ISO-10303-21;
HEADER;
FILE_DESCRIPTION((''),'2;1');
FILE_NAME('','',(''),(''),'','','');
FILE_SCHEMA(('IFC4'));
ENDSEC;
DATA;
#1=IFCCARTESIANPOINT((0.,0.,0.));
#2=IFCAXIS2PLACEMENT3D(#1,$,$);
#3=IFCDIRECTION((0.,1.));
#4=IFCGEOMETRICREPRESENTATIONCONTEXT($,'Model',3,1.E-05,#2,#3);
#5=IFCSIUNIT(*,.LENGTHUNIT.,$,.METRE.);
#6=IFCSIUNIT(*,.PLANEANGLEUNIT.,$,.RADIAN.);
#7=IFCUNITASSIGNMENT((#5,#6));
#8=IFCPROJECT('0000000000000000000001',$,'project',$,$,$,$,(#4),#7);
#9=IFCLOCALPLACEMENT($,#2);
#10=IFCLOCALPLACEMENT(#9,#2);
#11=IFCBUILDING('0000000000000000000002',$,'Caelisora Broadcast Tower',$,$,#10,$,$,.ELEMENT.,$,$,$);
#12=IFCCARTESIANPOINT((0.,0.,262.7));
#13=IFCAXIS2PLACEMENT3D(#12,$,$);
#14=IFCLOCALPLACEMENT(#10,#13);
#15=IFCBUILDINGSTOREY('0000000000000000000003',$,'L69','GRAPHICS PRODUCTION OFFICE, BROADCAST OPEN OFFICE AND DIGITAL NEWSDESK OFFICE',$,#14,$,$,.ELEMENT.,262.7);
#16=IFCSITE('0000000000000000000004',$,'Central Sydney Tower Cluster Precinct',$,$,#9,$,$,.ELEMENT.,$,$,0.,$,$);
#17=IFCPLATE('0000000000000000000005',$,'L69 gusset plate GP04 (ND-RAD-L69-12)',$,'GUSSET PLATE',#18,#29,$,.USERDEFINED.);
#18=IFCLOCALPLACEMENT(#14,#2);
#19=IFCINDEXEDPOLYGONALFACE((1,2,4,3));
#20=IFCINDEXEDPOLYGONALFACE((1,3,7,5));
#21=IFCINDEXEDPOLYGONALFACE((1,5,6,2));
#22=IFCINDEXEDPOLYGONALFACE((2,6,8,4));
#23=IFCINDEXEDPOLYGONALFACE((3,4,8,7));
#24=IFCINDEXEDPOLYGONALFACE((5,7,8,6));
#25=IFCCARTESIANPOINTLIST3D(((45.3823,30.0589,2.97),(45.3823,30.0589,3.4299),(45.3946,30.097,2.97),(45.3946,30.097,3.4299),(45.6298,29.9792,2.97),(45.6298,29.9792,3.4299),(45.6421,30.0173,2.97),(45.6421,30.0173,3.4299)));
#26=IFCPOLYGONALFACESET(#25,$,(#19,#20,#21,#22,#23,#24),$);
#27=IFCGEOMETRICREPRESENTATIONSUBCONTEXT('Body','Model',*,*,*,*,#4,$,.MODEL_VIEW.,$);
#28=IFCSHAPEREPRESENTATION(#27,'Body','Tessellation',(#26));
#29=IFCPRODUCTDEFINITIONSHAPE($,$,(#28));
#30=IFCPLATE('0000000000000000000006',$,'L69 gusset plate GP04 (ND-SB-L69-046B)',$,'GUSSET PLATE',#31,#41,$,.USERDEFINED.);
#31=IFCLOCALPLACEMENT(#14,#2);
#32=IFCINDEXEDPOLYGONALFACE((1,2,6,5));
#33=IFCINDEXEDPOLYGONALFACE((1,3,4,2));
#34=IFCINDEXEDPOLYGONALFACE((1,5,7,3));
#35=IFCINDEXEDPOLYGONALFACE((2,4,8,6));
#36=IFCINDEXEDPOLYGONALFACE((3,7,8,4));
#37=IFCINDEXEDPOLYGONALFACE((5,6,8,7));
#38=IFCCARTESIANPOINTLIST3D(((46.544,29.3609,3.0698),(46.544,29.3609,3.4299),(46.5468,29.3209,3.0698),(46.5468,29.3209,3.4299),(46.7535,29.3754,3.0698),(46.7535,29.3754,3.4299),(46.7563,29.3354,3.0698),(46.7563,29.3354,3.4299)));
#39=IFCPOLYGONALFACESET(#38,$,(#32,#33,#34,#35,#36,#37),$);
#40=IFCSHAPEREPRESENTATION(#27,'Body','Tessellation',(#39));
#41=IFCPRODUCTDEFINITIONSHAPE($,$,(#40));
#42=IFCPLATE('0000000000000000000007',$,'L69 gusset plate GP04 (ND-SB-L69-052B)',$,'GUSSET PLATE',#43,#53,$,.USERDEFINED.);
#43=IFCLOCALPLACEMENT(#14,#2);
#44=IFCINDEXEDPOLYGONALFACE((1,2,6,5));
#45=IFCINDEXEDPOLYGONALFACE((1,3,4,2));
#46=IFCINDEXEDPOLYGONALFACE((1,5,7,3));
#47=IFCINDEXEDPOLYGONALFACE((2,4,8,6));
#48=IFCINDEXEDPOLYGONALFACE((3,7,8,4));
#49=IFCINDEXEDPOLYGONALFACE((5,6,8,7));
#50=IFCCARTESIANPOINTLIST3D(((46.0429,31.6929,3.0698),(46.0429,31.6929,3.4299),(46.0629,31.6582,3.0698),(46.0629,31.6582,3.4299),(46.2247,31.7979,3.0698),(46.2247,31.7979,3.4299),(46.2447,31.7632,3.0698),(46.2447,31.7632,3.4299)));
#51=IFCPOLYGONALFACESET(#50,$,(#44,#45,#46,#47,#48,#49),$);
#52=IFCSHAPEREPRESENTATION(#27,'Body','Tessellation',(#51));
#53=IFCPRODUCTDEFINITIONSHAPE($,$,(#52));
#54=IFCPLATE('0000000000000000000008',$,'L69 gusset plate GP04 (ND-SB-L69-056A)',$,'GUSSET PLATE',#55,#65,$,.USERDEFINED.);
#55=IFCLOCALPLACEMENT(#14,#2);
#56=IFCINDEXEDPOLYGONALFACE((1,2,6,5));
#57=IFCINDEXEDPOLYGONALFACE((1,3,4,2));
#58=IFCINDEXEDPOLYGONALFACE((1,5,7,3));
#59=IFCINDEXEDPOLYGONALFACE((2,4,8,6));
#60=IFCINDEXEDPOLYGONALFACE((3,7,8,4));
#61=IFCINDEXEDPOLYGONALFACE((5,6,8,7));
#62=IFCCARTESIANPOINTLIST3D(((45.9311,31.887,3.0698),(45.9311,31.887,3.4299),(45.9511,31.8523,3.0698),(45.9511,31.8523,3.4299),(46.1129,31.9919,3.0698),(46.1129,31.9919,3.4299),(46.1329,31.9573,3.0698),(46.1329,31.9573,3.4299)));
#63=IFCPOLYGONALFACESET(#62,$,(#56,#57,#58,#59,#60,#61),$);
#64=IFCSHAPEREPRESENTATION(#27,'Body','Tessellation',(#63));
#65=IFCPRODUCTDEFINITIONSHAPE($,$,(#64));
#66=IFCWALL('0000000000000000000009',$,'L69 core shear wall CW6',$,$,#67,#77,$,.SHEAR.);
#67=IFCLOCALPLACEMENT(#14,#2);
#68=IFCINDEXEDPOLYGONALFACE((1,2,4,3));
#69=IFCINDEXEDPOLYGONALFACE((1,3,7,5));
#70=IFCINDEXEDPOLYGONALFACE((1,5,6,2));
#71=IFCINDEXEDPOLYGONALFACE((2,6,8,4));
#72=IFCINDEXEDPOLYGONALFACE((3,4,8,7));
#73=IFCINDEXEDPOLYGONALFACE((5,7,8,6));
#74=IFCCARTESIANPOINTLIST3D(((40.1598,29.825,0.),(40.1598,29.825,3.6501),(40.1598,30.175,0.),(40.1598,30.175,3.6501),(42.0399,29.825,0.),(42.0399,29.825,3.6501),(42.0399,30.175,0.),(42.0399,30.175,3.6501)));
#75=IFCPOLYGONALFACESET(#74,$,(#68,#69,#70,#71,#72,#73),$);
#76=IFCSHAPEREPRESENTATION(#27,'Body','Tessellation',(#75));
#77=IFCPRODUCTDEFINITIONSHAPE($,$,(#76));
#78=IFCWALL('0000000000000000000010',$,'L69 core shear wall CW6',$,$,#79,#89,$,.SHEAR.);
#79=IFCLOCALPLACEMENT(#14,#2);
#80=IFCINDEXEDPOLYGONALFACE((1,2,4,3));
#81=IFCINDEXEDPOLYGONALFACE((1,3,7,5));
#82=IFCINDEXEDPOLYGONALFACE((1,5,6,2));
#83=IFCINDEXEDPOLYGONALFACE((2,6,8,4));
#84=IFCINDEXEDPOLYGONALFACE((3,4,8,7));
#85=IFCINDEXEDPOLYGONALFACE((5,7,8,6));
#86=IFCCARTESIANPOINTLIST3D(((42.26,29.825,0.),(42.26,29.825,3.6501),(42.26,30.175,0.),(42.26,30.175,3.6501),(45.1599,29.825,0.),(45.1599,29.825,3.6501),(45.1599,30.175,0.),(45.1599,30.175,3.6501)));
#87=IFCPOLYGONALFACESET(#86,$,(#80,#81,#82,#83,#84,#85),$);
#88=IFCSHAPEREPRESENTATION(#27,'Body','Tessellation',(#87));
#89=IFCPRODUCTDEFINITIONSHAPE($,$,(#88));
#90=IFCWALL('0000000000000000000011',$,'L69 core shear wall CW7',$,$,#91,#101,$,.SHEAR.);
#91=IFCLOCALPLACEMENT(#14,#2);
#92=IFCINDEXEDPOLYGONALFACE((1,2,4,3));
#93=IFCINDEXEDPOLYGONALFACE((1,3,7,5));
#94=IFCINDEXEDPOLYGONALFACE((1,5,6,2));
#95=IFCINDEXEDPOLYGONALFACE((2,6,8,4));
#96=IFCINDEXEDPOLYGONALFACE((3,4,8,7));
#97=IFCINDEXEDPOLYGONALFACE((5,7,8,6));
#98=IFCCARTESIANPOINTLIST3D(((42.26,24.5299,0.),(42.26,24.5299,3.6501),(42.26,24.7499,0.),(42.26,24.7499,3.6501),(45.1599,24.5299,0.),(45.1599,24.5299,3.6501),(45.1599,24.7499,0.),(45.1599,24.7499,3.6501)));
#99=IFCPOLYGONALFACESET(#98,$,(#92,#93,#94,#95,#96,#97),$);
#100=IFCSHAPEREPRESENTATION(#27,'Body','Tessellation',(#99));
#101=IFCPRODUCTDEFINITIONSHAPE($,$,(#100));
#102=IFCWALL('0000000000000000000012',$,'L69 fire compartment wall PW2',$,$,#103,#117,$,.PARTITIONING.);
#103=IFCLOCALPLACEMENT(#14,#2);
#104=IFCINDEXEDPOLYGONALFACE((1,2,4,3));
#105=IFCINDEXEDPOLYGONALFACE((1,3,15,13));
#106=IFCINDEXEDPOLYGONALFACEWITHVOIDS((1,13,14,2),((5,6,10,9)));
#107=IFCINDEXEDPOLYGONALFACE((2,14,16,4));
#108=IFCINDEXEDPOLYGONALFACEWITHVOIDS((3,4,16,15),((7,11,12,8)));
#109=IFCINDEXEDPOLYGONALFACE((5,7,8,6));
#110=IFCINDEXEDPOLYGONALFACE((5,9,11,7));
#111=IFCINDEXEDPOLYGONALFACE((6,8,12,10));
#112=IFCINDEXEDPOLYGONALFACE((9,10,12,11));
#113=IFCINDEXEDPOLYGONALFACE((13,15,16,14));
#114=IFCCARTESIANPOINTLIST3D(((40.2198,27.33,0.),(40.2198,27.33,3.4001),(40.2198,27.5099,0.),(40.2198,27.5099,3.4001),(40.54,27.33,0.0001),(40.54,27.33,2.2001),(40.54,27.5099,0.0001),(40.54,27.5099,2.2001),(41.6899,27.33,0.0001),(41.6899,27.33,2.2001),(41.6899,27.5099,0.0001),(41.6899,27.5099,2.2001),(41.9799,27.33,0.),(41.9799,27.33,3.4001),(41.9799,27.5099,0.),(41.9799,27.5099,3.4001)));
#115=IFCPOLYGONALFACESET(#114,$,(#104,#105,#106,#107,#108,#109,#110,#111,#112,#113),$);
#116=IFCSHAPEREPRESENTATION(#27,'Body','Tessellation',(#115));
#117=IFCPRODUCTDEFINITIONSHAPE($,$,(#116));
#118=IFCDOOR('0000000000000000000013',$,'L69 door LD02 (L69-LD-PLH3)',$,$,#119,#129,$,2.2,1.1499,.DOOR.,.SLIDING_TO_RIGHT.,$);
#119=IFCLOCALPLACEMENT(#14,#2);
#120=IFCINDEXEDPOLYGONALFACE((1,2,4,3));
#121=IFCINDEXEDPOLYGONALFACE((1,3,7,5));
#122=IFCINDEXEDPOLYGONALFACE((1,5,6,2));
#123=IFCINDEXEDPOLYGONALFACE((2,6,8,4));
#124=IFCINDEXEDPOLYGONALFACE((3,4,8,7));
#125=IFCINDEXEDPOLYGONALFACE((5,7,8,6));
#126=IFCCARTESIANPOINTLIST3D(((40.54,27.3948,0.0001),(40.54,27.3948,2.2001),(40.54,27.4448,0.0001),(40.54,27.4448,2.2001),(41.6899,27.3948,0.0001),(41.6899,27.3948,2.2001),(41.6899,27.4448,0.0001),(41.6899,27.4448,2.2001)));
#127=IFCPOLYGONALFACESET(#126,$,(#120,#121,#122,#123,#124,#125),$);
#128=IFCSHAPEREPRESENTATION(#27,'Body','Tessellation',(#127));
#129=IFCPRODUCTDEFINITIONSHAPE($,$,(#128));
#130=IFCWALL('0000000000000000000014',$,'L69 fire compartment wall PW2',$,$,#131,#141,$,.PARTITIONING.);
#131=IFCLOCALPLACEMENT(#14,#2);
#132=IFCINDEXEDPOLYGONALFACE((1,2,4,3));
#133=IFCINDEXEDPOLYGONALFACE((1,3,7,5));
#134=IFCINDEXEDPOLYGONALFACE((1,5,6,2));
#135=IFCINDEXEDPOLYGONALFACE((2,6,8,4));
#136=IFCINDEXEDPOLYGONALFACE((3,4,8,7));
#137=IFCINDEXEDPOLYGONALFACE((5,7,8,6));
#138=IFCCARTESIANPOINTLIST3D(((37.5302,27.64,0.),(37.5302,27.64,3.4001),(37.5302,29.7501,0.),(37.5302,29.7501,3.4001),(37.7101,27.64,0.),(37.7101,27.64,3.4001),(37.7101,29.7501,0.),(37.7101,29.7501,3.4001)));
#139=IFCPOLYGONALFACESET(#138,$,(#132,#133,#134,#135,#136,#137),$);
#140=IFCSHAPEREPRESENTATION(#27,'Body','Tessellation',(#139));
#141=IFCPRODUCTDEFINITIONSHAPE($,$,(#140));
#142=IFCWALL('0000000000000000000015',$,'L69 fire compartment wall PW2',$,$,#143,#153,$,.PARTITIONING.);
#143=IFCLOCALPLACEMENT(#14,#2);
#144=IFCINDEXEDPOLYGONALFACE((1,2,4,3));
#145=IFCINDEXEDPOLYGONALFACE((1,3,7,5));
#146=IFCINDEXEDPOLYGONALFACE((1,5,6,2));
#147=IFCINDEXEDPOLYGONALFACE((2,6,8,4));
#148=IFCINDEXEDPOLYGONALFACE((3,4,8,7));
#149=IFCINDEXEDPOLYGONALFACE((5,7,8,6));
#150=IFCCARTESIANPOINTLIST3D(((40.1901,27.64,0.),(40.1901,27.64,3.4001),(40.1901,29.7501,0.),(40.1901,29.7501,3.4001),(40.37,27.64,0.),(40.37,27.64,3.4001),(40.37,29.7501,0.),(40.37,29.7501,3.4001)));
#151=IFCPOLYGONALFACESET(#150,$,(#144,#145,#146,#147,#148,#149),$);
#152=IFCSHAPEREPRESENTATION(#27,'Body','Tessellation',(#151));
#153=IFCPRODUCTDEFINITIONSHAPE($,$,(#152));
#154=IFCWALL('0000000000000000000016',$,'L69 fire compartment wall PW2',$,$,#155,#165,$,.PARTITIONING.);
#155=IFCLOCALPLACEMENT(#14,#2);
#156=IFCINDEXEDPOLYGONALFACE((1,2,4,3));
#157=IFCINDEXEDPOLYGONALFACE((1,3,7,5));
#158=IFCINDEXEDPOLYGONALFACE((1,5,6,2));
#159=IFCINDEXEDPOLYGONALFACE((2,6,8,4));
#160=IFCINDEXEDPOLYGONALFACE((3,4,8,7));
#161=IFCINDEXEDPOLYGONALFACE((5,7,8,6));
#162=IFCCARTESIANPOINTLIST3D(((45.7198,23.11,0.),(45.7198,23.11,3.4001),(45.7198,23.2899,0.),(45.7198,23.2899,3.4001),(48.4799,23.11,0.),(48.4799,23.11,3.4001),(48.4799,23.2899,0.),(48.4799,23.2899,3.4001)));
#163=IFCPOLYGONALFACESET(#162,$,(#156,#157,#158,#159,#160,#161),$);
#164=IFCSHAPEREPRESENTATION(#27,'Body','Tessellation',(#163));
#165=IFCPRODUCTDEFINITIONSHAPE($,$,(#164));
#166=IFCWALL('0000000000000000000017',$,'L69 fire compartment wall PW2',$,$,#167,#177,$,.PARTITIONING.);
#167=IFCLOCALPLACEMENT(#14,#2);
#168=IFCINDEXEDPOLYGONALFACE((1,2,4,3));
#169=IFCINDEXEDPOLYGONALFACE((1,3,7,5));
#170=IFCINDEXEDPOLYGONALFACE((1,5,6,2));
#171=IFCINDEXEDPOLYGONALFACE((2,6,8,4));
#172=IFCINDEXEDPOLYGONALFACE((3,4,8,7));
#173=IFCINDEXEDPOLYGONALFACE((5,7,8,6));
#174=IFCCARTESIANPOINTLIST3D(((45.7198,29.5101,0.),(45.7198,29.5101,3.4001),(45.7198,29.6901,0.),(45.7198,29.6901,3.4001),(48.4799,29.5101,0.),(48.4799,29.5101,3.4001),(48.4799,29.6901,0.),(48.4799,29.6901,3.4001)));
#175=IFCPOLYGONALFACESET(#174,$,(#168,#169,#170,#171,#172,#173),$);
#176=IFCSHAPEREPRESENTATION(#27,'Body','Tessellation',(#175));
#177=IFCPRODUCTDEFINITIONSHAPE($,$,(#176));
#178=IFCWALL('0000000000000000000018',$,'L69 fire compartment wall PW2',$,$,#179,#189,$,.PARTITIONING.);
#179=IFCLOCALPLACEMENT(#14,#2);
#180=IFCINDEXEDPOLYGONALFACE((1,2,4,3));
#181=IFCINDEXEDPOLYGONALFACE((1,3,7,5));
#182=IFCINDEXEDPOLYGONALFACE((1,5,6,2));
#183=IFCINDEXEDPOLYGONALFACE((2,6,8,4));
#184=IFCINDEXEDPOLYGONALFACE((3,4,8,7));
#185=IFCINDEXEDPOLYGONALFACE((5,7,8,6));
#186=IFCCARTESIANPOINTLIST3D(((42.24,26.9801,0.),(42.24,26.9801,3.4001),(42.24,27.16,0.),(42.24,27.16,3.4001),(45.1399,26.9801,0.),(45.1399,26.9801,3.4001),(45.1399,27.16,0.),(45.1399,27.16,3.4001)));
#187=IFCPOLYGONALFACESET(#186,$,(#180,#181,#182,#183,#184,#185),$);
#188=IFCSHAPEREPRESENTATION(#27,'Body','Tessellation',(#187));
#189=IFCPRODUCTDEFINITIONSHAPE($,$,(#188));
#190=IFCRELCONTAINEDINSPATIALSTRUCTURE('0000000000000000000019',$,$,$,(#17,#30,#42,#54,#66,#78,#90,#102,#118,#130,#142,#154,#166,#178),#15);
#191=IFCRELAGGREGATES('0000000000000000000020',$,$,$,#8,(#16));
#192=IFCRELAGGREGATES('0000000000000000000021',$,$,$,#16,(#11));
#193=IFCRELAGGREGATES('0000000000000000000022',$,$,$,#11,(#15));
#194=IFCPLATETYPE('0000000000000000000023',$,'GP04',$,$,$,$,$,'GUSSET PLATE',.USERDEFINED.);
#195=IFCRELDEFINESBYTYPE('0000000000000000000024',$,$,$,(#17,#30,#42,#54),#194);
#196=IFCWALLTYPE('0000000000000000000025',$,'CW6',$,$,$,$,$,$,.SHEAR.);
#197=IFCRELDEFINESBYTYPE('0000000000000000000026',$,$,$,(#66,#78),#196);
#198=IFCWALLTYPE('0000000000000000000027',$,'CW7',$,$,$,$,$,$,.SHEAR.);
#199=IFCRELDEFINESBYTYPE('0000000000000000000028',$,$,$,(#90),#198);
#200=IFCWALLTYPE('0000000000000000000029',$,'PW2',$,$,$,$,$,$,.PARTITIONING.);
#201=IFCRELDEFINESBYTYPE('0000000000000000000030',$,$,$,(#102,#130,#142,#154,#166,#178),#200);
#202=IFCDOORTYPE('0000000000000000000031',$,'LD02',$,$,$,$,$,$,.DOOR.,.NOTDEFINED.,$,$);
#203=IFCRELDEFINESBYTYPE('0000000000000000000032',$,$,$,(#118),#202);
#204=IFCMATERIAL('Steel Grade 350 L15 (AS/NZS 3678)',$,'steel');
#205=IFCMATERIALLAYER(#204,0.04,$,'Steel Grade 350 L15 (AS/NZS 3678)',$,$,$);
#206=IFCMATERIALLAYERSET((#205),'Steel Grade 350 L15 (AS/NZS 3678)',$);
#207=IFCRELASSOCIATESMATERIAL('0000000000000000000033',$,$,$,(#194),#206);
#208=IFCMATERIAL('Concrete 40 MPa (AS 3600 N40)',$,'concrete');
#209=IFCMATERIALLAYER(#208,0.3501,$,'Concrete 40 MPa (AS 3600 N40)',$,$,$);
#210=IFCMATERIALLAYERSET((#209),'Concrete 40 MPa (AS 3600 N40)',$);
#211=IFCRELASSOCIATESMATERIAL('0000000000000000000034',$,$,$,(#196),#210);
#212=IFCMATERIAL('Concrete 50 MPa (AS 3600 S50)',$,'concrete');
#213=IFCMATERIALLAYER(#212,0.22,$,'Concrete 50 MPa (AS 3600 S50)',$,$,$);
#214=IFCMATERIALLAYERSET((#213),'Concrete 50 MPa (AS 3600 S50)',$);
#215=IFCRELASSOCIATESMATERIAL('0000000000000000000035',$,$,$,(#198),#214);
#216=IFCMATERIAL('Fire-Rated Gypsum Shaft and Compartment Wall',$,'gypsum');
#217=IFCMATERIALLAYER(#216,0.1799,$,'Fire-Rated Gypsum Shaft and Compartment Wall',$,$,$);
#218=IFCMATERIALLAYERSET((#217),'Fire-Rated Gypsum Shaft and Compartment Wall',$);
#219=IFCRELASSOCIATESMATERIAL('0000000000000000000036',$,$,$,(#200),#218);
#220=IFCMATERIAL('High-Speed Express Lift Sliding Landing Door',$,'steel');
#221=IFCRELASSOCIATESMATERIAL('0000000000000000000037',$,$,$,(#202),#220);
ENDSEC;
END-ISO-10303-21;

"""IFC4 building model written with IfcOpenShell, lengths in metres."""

from ifc_helpers import new_model, si_unit, direction, frame, frame_2d, origin, origin_2d, place, context, subcontext, project, spatial, rectangle, extrude, source, transform, mapped, material, layer, layer_set, type_object, type_shapes, element, fill, save


model = new_model("IFC4")

# Units and contexts
model_context = context("Model", 3, precision=1e-05, world=origin(), true_north=direction((0.0, 1.0)))
body_context = subcontext(model_context, "Body", "Model", "MODEL_VIEW")
ifc_project = project(units=[si_unit("LENGTHUNIT", "METRE"), si_unit("PLANEANGLEUNIT", "RADIAN")], contexts=[model_context])

# Site, building, storey
site_placement = place(None, origin())
site = spatial("IfcSite", under=ifc_project, at=site_placement, Name="Central Sydney Tower Cluster Precinct", CompositionType="ELEMENT", RefElevation=0.0)
building_placement = place(site_placement, origin())
building = spatial("IfcBuilding", under=site, at=building_placement, Name="Caelisora Broadcast Tower", CompositionType="ELEMENT")
storey_placement = place(building_placement, frame((0.0, 0.0, 262.7)))
storey = spatial("IfcBuildingStorey", under=building, at=storey_placement, Name="L69", Description="GRAPHICS PRODUCTION OFFICE, BROADCAST OPEN OFFICE AND DIGITAL NEWSDESK OFFICE", CompositionType="ELEMENT", Elevation=262.7)

# Shared definitions
ifc_material_1 = material(Name="Concrete 50 MPa (AS 3600 S50)", Category="concrete")

# Plates
ifc_material_2 = material(Name="Steel Grade 350 L15 (AS/NZS 3678)", Category="steel")
ifc_layer_1 = layer(ifc_material_2, 0.04, Name="Steel Grade 350 L15 (AS/NZS 3678)")
ifc_layer_set_1 = layer_set([ifc_layer_1], Name="Steel Grade 350 L15 (AS/NZS 3678)")
plate_type = type_object("IfcPlateType", Name="GP04", ElementType="GUSSET PLATE", PredefinedType="USERDEFINED", material=ifc_layer_set_1)
shared_shape_1 = source(origin(), body_context, "Body", "SweptSolid", [
    extrude(rectangle(XDim=0.26, YDim=0.04, at=origin_2d()), origin(), (0.0, 0.0, 1.0), 0.46),
])
for number, where, z_axis, x_axis, name in (
    (1, (45.5122, 30.0381, 2.97), (0.0, 0.0, 1.0), (-0.951862, 0.306526, 0.0), "L69 gusset plate GP04 (ND-RAD-L69-12)"),
):
    element("IfcPlate", number, at=place(storey_placement, frame(where, z_axis=z_axis, x_axis=x_axis)), inside=storey, type_object=plate_type, Name=name, ObjectType="GUSSET PLATE", PredefinedType="USERDEFINED", context=body_context, shape_type="MappedRepresentation", body=[
        mapped(shared_shape_1, transform((0.0, 0.0, 0.0), scale=1.0)),
    ])
shared_shape_2 = source(origin(), body_context, "Body", "SweptSolid", [
    extrude(rectangle(XDim=0.21, YDim=0.04, at=origin_2d()), origin(), (0.0, 0.0, 1.0), 0.3601),
])
type_shapes(plate_type, [shared_shape_1, shared_shape_2])
for number, where, z_axis, x_axis, name in (
    (2, (46.6501, 29.3481, 3.0698), (0.0, 0.0, 1.0), (-0.997613, -0.06906, 0.0), "L69 gusset plate GP04 (ND-SB-L69-046B)"),
    (3, (46.1438, 31.728, 3.0698), (0.0, 0.0, 1.0), (-0.866025, -0.5, 0.0), "L69 gusset plate GP04 (ND-SB-L69-052B)"),
    (4, (46.032, 31.9221, 3.0698), (0.0, 0.0, 1.0), (-0.866025, -0.5, 0.0), "L69 gusset plate GP04 (ND-SB-L69-056A)"),
):
    element("IfcPlate", number, at=place(storey_placement, frame(where, z_axis=z_axis, x_axis=x_axis)), inside=storey, type_object=plate_type, Name=name, ObjectType="GUSSET PLATE", PredefinedType="USERDEFINED", context=body_context, shape_type="MappedRepresentation", body=[
        mapped(shared_shape_2, transform((0.0, 0.0, 0.0), scale=1.0)),
    ])

# Walls
ifc_material_3 = material(Name="Concrete 40 MPa (AS 3600 N40)", Category="concrete")
ifc_layer_2 = layer(ifc_material_3, 0.3501, Name="Concrete 40 MPa (AS 3600 N40)")
ifc_layer_set_2 = layer_set([ifc_layer_2], Name="Concrete 40 MPa (AS 3600 N40)")
wall_type_1 = type_object("IfcWallType", Name="CW6", PredefinedType="SHEAR", material=ifc_layer_set_2)
wall_1_placement = place(storey_placement, frame((40.1599, 30.0, 0.0), z_axis=(0.0, 0.0, 1.0), x_axis=(1.0, 0.0, 0.0)))
element("IfcWall", 5, at=wall_1_placement, inside=storey, type_object=wall_type_1, Name="L69 core shear wall CW6", PredefinedType="SHEAR", context=body_context, shape_type="SweptSolid", body=[
    extrude(rectangle(XDim=1.8801, YDim=0.3501, at=frame_2d((0.9399, 0.0))), origin(), (0.0, 0.0, 1.0), 3.6501),
])
wall_2_placement = place(storey_placement, frame((42.26, 30.0, 0.0), z_axis=(0.0, 0.0, 1.0), x_axis=(1.0, 0.0, 0.0)))
element("IfcWall", 6, at=wall_2_placement, inside=storey, type_object=wall_type_1, Name="L69 core shear wall CW6", PredefinedType="SHEAR", context=body_context, shape_type="SweptSolid", body=[
    extrude(rectangle(XDim=2.8999, YDim=0.3501, at=frame_2d((1.45, 0.0))), origin(), (0.0, 0.0, 1.0), 3.6501),
])
ifc_layer_3 = layer(ifc_material_1, 0.22, Name="Concrete 50 MPa (AS 3600 S50)")
ifc_layer_set_3 = layer_set([ifc_layer_3], Name="Concrete 50 MPa (AS 3600 S50)")
wall_type_2 = type_object("IfcWallType", Name="CW7", PredefinedType="SHEAR", material=ifc_layer_set_3)
wall_3_placement = place(storey_placement, frame((42.26, 24.6399, 0.0), z_axis=(0.0, 0.0, 1.0), x_axis=(1.0, 0.0, 0.0)))
element("IfcWall", 7, at=wall_3_placement, inside=storey, type_object=wall_type_2, Name="L69 core shear wall CW7", PredefinedType="SHEAR", context=body_context, shape_type="SweptSolid", body=[
    extrude(rectangle(XDim=2.8999, YDim=0.22, at=frame_2d((1.45, 0.0))), origin(), (0.0, 0.0, 1.0), 3.6501),
])

# Wall, opening, door
ifc_material_4 = material(Name="Fire-Rated Gypsum Shaft and Compartment Wall", Category="gypsum")
ifc_layer_4 = layer(ifc_material_4, 0.1799, Name="Fire-Rated Gypsum Shaft and Compartment Wall")
ifc_layer_set_4 = layer_set([ifc_layer_4], Name="Fire-Rated Gypsum Shaft and Compartment Wall")
wall_type_3 = type_object("IfcWallType", Name="PW2", PredefinedType="PARTITIONING", material=ifc_layer_set_4)
wall_4_placement = place(storey_placement, frame((40.22, 27.4199, 0.0), z_axis=(0.0, 0.0, 1.0), x_axis=(1.0, 0.0, 0.0)))
wall_4 = element("IfcWall", 8, at=wall_4_placement, inside=storey, type_object=wall_type_3, Name="L69 fire compartment wall PW2", PredefinedType="PARTITIONING", context=body_context, shape_type="SweptSolid", body=[
    extrude(rectangle(XDim=1.76, YDim=0.1799, at=frame_2d((0.8799, 0.0))), origin(), (0.0, 0.0, 1.0), 3.4001),
])
opening_1_placement = place(wall_4_placement, frame((0.3201, 0.0, 0.0)))
opening_1 = element("IfcOpeningElement", 9, at=opening_1_placement, cuts=wall_4, PredefinedType="OPENING", context=body_context, shape_type="SweptSolid", body=[
    extrude(rectangle(XDim=1.1499, YDim=2.2, at=frame_2d((0.575, 1.1001))), frame((0.0, 0.1021, 0.0), z_axis=(0.0, -1.0, 0.0), x_axis=(1.0, 0.0, 0.0)), (0.0, 0.0, 1.0), 0.2039),
])
ifc_material_5 = material(Name="High-Speed Express Lift Sliding Landing Door", Category="steel")
door_type_1 = type_object("IfcDoorType", Name="LD02", OperationType="NOTDEFINED", PredefinedType="DOOR", material=ifc_material_5)
door_1_placement = place(opening_1_placement, origin())
door_1 = element("IfcDoor", 10, at=door_1_placement, inside=storey, type_object=door_type_1, Name="L69 door LD02 (L69-LD-PLH3)", OperationType="SLIDING_TO_RIGHT", OverallHeight=2.2, OverallWidth=1.1499, PredefinedType="DOOR", context=body_context, shape_type="SweptSolid", body=[
    extrude(rectangle(XDim=1.1499, YDim=2.2, at=frame_2d((0.575, 1.1001))), frame((0.0, 0.0249, 0.0), z_axis=(0.0, -1.0, 0.0), x_axis=(1.0, 0.0, 0.0)), (0.0, 0.0, 1.0), 0.05),
])
fill(opening_1, door_1)

# Walls
for number, where, z_axis, x_axis, name in (
    (11, (37.6201, 27.6399, 0.0), (0.0, 0.0, 1.0), (0.0, 1.0, 0.0), "L69 fire compartment wall PW2"),
    (12, (40.28, 27.6399, 0.0), (0.0, 0.0, 1.0), (0.0, 1.0, 0.0), "L69 fire compartment wall PW2"),
):
    element("IfcWall", number, at=place(storey_placement, frame(where, z_axis=z_axis, x_axis=x_axis)), inside=storey, type_object=wall_type_3, Name=name, PredefinedType="PARTITIONING", context=body_context, shape_type="SweptSolid", body=[
        extrude(rectangle(XDim=2.1101, YDim=0.1799, at=frame_2d((1.0552, 0.0))), origin(), (0.0, 0.0, 1.0), 3.4001),
    ])
for number, where, z_axis, x_axis, name in (
    (13, (45.72, 23.2, 0.0), (0.0, 0.0, 1.0), (1.0, 0.0, 0.0), "L69 fire compartment wall PW2"),
    (14, (45.72, 29.6001, 0.0), (0.0, 0.0, 1.0), (1.0, 0.0, 0.0), "L69 fire compartment wall PW2"),
):
    element("IfcWall", number, at=place(storey_placement, frame(where, z_axis=z_axis, x_axis=x_axis)), inside=storey, type_object=wall_type_3, Name=name, PredefinedType="PARTITIONING", context=body_context, shape_type="SweptSolid", body=[
        extrude(rectangle(XDim=2.76, YDim=0.1799, at=frame_2d((1.3799, 0.0))), origin(), (0.0, 0.0, 1.0), 3.4001),
    ])
wall_5_placement = place(storey_placement, frame((42.24, 27.0701, 0.0), z_axis=(0.0, 0.0, 1.0), x_axis=(1.0, 0.0, 0.0)))
element("IfcWall", 15, at=wall_5_placement, inside=storey, type_object=wall_type_3, Name="L69 fire compartment wall PW2", PredefinedType="PARTITIONING", context=body_context, shape_type="SweptSolid", body=[
    extrude(rectangle(XDim=2.8999, YDim=0.1799, at=frame_2d((1.45, 0.0))), origin(), (0.0, 0.0, 1.0), 3.4001),
])

save(model, "model.ifc")
